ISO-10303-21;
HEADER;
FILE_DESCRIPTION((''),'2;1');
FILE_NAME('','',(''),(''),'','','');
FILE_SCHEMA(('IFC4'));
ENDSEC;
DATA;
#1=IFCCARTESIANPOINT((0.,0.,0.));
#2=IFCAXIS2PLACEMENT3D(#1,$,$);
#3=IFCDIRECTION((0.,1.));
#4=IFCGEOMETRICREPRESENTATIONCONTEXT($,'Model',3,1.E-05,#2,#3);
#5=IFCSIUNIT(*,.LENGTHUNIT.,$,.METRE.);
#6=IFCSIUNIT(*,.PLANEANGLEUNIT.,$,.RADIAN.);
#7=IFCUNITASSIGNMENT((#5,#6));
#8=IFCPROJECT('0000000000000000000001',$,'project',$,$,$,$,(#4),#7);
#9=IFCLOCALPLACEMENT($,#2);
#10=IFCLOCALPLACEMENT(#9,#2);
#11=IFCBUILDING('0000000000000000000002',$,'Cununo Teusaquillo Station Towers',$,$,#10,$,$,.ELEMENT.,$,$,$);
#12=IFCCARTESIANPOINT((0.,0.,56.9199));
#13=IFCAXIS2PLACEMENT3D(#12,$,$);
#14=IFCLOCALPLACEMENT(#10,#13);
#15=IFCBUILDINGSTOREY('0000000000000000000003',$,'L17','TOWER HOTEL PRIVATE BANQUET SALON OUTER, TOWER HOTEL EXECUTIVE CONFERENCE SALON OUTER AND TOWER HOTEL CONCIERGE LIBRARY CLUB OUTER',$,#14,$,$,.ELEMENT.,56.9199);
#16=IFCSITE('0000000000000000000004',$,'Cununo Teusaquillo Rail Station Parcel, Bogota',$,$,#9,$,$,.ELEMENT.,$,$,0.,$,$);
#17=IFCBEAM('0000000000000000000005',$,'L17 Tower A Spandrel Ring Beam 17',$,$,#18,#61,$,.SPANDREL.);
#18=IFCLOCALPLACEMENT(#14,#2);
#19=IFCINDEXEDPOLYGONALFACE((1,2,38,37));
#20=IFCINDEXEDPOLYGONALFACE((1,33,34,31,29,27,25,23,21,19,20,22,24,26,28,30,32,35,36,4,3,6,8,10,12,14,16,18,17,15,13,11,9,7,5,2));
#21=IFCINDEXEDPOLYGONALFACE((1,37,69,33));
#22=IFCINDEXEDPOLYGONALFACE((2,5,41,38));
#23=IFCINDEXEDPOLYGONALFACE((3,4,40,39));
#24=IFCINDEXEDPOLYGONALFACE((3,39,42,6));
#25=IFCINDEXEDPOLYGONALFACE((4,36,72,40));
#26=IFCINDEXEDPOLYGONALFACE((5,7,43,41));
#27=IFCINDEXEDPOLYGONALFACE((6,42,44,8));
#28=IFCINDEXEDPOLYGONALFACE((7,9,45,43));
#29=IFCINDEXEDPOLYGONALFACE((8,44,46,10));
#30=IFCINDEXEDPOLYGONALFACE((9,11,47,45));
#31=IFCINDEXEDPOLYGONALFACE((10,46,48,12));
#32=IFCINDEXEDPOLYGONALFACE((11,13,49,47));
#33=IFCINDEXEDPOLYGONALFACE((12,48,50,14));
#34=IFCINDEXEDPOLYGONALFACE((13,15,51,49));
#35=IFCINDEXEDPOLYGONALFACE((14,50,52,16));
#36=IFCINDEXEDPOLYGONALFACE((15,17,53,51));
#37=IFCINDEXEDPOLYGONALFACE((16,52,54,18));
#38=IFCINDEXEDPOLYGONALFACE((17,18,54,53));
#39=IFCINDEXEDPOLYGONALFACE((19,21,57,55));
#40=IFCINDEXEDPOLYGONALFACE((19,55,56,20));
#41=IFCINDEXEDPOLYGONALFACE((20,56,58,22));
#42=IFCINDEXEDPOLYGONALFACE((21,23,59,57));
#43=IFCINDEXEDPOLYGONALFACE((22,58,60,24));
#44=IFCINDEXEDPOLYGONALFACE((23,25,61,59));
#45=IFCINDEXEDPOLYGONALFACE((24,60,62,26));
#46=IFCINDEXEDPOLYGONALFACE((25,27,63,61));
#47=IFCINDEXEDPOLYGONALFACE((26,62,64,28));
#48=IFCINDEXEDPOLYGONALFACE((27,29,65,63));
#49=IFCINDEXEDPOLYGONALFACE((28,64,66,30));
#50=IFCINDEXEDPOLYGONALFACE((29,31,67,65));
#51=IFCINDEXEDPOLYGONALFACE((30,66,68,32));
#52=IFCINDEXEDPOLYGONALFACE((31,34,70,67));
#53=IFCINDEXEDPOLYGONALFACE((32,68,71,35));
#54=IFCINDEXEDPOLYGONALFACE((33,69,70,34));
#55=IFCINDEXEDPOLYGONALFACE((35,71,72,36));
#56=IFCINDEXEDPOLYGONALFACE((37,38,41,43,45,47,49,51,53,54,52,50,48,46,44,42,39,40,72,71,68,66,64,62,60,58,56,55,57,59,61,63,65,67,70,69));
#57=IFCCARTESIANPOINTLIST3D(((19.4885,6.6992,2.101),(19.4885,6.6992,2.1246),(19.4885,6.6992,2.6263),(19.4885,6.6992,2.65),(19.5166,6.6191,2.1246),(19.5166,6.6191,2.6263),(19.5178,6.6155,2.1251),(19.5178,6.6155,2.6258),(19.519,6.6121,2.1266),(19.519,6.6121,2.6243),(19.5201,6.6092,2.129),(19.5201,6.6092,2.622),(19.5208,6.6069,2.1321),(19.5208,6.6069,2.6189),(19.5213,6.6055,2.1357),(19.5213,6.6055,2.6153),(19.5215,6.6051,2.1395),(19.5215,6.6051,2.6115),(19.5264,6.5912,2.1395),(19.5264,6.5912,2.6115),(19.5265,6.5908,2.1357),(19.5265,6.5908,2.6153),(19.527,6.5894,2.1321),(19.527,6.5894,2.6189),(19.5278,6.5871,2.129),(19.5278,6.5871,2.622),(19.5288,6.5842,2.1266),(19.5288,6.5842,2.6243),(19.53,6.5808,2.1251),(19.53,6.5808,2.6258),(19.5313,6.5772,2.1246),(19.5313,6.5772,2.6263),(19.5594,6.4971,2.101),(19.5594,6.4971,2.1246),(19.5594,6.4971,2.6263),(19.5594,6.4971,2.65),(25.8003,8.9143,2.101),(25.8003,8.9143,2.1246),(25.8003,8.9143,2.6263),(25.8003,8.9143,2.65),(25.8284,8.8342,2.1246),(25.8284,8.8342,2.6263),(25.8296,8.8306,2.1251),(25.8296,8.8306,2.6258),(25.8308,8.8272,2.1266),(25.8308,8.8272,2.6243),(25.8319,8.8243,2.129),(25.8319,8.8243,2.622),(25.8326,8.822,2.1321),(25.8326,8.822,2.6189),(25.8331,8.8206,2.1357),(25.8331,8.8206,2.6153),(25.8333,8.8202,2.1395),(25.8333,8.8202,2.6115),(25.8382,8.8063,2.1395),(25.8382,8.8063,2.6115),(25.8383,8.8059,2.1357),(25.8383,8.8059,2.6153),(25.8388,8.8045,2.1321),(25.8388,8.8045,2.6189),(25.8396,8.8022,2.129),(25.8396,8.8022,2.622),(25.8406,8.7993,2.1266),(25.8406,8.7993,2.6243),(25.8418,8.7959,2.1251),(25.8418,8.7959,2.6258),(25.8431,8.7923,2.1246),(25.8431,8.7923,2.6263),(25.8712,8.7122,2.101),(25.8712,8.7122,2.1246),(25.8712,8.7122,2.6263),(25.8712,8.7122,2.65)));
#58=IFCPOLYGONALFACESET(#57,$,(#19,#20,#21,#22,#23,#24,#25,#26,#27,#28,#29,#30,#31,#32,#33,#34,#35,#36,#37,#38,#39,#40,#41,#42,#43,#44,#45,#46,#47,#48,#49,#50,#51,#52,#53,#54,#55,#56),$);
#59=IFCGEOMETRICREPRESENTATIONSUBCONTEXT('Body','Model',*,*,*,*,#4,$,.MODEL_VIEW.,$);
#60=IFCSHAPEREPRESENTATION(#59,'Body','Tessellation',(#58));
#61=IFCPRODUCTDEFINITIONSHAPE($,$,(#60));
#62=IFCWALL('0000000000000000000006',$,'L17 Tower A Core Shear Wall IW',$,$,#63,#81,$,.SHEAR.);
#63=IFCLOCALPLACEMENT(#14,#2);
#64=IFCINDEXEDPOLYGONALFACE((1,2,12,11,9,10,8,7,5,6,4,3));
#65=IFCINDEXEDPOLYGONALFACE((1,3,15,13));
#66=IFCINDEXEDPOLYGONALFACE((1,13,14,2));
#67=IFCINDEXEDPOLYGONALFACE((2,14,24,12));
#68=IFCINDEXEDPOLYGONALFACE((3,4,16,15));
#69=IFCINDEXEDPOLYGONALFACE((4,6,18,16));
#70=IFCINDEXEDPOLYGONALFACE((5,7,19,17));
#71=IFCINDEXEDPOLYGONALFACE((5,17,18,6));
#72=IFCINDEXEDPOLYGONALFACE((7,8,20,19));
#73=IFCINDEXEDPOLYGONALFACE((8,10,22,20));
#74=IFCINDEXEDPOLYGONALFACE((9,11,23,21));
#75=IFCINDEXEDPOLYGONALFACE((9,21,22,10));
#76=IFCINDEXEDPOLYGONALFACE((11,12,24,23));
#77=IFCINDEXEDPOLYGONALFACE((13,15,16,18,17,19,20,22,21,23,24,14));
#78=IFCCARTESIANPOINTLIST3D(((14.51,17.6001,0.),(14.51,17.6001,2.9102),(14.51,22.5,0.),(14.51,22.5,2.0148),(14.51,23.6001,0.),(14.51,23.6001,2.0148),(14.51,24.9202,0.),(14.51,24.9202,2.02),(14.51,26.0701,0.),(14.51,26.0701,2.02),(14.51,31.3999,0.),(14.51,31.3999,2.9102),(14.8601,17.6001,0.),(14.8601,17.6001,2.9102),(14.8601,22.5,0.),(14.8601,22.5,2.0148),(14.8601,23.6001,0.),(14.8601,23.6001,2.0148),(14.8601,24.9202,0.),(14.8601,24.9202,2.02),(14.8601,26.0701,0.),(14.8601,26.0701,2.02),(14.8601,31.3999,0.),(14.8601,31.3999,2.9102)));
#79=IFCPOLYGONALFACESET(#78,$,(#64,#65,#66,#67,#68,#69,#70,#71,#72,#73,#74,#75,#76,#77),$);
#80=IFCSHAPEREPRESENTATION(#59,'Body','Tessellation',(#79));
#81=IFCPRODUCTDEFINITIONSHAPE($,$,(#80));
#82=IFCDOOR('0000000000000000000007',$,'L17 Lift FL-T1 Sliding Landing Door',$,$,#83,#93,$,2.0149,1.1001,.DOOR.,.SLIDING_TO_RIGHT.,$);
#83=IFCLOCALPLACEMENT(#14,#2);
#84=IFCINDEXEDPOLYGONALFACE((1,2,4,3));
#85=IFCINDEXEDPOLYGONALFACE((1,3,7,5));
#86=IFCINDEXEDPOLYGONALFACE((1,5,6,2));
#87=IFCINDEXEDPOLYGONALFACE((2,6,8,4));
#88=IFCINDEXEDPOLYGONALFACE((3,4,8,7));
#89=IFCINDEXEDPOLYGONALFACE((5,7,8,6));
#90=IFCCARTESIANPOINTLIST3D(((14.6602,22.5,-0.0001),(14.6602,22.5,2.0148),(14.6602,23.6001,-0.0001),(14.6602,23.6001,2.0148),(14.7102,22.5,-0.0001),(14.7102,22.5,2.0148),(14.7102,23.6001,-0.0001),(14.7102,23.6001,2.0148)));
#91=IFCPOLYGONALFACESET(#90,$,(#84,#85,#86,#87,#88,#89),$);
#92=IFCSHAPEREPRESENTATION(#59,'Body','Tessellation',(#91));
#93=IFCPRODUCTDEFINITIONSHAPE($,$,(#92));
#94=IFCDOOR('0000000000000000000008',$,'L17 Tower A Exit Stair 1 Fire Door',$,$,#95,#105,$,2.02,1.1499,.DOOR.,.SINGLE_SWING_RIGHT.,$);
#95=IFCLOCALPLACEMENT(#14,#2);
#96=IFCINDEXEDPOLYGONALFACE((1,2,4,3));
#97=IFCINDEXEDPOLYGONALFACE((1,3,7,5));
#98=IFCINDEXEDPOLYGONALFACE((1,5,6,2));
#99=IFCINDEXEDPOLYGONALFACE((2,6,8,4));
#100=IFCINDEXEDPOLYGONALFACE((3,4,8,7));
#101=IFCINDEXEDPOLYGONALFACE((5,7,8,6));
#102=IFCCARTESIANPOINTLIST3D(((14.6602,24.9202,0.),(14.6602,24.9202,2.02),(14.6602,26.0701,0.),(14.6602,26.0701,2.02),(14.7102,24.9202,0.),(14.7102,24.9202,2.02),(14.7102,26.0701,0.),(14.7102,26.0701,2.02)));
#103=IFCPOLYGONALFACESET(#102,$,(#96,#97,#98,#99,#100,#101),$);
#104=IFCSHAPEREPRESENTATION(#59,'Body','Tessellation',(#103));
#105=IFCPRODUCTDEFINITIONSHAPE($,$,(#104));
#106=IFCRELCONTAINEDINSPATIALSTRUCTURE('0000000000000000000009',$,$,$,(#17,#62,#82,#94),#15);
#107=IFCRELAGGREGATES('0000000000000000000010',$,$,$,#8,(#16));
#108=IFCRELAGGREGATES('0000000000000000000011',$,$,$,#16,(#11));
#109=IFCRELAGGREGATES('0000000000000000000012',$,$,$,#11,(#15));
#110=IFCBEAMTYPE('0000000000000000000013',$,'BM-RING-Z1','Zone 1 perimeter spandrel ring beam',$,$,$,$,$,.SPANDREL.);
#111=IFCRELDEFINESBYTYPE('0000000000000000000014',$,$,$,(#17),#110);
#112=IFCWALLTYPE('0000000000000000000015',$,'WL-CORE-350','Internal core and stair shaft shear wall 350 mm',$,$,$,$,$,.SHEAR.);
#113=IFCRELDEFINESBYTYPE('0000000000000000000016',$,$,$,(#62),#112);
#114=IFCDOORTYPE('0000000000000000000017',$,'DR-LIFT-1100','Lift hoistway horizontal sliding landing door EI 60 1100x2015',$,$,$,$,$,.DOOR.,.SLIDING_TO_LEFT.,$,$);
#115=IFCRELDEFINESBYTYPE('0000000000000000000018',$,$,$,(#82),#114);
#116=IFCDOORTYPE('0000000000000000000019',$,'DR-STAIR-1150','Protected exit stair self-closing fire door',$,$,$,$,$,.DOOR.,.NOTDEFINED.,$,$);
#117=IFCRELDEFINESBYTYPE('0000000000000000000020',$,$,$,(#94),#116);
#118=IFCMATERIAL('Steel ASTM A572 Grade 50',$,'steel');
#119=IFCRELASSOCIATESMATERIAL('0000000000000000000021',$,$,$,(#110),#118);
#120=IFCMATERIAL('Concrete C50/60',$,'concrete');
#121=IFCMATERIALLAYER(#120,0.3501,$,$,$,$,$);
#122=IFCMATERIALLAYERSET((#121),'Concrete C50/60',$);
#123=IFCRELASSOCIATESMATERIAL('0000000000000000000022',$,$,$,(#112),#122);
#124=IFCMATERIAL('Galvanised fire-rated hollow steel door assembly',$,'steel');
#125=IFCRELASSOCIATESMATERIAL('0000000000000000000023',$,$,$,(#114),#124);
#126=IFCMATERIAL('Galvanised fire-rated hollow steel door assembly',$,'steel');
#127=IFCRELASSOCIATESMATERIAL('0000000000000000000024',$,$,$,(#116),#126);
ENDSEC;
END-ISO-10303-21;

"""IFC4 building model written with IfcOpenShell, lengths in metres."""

from ifc_helpers import new_model, si_unit, direction, frame, frame_2d, origin, origin_2d, place, context, subcontext, project, spatial, rectangle, i_section, extrude, source, transform, mapped, material, layer, layer_set, material_profile, profile_set, type_object, element, fill, save


model = new_model("IFC4")

# Units and contexts
model_context = context("Model", 3, precision=1e-05, world=origin(), true_north=direction((0.0, 1.0)))
body_context = subcontext(model_context, "Body", "Model", "MODEL_VIEW")
ifc_project = project(units=[si_unit("LENGTHUNIT", "METRE"), si_unit("PLANEANGLEUNIT", "RADIAN")], contexts=[model_context])

# Site, building, storey
site_placement = place(None, origin())
site = spatial("IfcSite", under=ifc_project, at=site_placement, Name="Cununo Teusaquillo Rail Station Parcel, Bogota", CompositionType="ELEMENT", RefElevation=0.0)
building_placement = place(site_placement, origin())
building = spatial("IfcBuilding", under=site, at=building_placement, Name="Cununo Teusaquillo Station Towers", CompositionType="ELEMENT")
storey_placement = place(building_placement, frame((0.0, 0.0, 56.9199)))
storey = spatial("IfcBuildingStorey", under=building, at=storey_placement, Name="L17", Description="TOWER HOTEL PRIVATE BANQUET SALON OUTER, TOWER HOTEL EXECUTIVE CONFERENCE SALON OUTER AND TOWER HOTEL CONCIERGE LIBRARY CLUB OUTER", CompositionType="ELEMENT", Elevation=56.9199)

# Beam
ifc_material_1 = material(Name="Steel ASTM A572 Grade 50", Category="steel")
ifc_material_profile_1 = material_profile(ifc_material_1, i_section(OverallWidth=0.2141, OverallDepth=0.5491, WebThickness=0.0146, FlangeThickness=0.0237, FilletRadius=0.0149, at=origin_2d()), Name="W21X93")
ifc_profile_set_1 = profile_set([ifc_material_profile_1], Name="Steel ASTM A572 Grade 50")
beam_type = type_object("IfcBeamType", Name="BM-RING-Z1", Description="Zone 1 perimeter spandrel ring beam", PredefinedType="SPANDREL", material=ifc_profile_set_1)
beam_1_placement = place(storey_placement, frame((19.5239, 6.5981, 2.3755), z_axis=(0.94358, 0.331145, 0.0), x_axis=(-0.331145, 0.94358, 0.0)))
element("IfcBeam", 1, at=beam_1_placement, inside=storey, type_object=beam_type, Name="L17 Tower A Spandrel Ring Beam 17", PredefinedType="SPANDREL", context=body_context, shape_type="SweptSolid", body=[
    extrude(i_section(OverallWidth=0.2141, OverallDepth=0.5491, WebThickness=0.0146, FlangeThickness=0.0237, FilletRadius=0.0149, at=origin_2d()), origin(), (0.0, 0.0, 1.0), 6.6892),
])

# Wall, openings, doors
ifc_material_2 = material(Name="Concrete C50/60", Category="concrete")
ifc_layer_1 = layer(ifc_material_2, 0.3501)
ifc_layer_set_1 = layer_set([ifc_layer_1], Name="Concrete C50/60")
wall_type_1 = type_object("IfcWallType", Name="WL-CORE-350", Description="Internal core and stair shaft shear wall 350 mm", PredefinedType="SHEAR", material=ifc_layer_set_1)
wall_1_placement = place(storey_placement, frame((14.6851, 17.6001, 0.0), z_axis=(0.0, 0.0, 1.0), x_axis=(0.0, 1.0, 0.0)))
wall_1 = element("IfcWall", 2, at=wall_1_placement, inside=storey, type_object=wall_type_1, Name="L17 Tower A Core Shear Wall IW", PredefinedType="SHEAR", context=body_context, shape_type="SweptSolid", body=[
    extrude(rectangle(XDim=13.7998, YDim=0.3501, at=frame_2d((6.8999, 0.0))), origin(), (0.0, 0.0, 1.0), 2.9102),
])
shared_shape_1 = source(origin(), body_context, "Body", "SweptSolid", [
    extrude(rectangle(XDim=1.1001, YDim=2.0149, at=frame_2d((0.55, 1.0073))), frame((0.0, 0.1851, 0.0), z_axis=(0.0, -1.0, 0.0), x_axis=(1.0, 0.0, 0.0)), (0.0, 0.0, 1.0), 0.3701),
])
opening_1_placement = place(wall_1_placement, frame((4.8999, 0.0, 0.0)))
opening_1 = element("IfcOpeningElement", 3, at=opening_1_placement, cuts=wall_1, PredefinedType="OPENING", context=body_context, shape_type="MappedRepresentation", body=[
    mapped(shared_shape_1, transform((0.0, 0.0, 0.0), x_axis=(1.0, 0.0, 0.0), y_axis=(0.0, 1.0, 0.0), z_axis=(0.0, 0.0, 1.0), scale=1.0)),
])
shared_shape_2 = source(origin(), body_context, "Body", "SweptSolid", [
    extrude(rectangle(XDim=1.1499, YDim=2.02, at=frame_2d((0.575, 1.01))), frame((0.0, 0.1851, 0.0), z_axis=(0.0, -1.0, 0.0), x_axis=(1.0, 0.0, 0.0)), (0.0, 0.0, 1.0), 0.3701),
])
opening_2_placement = place(wall_1_placement, frame((7.3201, 0.0, 0.0)))
opening_2 = element("IfcOpeningElement", 4, at=opening_2_placement, cuts=wall_1, PredefinedType="OPENING", context=body_context, shape_type="MappedRepresentation", body=[
    mapped(shared_shape_2, transform((0.0, 0.0, 0.0), x_axis=(1.0, 0.0, 0.0), y_axis=(0.0, 1.0, 0.0), z_axis=(0.0, 0.0, 1.0), scale=1.0)),
])
ifc_material_3 = material(Name="Galvanised fire-rated hollow steel door assembly", Category="steel")
door_type_1 = type_object("IfcDoorType", Name="DR-LIFT-1100", Description="Lift hoistway horizontal sliding landing door EI 60 1100x2015", OperationType="SLIDING_TO_LEFT", PredefinedType="DOOR", material=ifc_material_3)
shared_shape_3 = source(origin(), body_context, "Body", "SweptSolid", [
    extrude(rectangle(XDim=1.1001, YDim=2.0149, at=frame_2d((0.55, 1.0073))), frame((0.0, 0.0249, 0.0), z_axis=(0.0, -1.0, 0.0), x_axis=(1.0, 0.0, 0.0)), (0.0, 0.0, 1.0), 0.05),
])
door_1_placement = place(opening_1_placement, origin())
door_1 = element("IfcDoor", 5, at=door_1_placement, inside=storey, type_object=door_type_1, Name="L17 Lift FL-T1 Sliding Landing Door", OperationType="SLIDING_TO_RIGHT", OverallHeight=2.0149, OverallWidth=1.1001, PredefinedType="DOOR", context=body_context, shape_type="MappedRepresentation", body=[
    mapped(shared_shape_3, transform((0.0, 0.0, 0.0), x_axis=(1.0, 0.0, 0.0), y_axis=(0.0, 1.0, 0.0), z_axis=(0.0, 0.0, 1.0), scale=1.0)),
])
fill(opening_1, door_1)
ifc_material_4 = material(Name="Galvanised fire-rated hollow steel door assembly", Category="steel")
door_type_2 = type_object("IfcDoorType", Name="DR-STAIR-1150", Description="Protected exit stair self-closing fire door", OperationType="NOTDEFINED", PredefinedType="DOOR", material=ifc_material_4)
shared_shape_4 = source(origin(), body_context, "Body", "SweptSolid", [
    extrude(rectangle(XDim=1.1499, YDim=2.02, at=frame_2d((0.575, 1.01))), frame((0.0, 0.0249, 0.0), z_axis=(0.0, -1.0, 0.0), x_axis=(1.0, 0.0, 0.0)), (0.0, 0.0, 1.0), 0.05),
])
door_2_placement = place(opening_2_placement, origin())
door_2 = element("IfcDoor", 6, at=door_2_placement, inside=storey, type_object=door_type_2, Name="L17 Tower A Exit Stair 1 Fire Door", OperationType="SINGLE_SWING_RIGHT", OverallHeight=2.02, OverallWidth=1.1499, PredefinedType="DOOR", context=body_context, shape_type="MappedRepresentation", body=[
    mapped(shared_shape_4, transform((0.0, 0.0, 0.0), x_axis=(1.0, 0.0, 0.0), y_axis=(0.0, 1.0, 0.0), z_axis=(0.0, 0.0, 1.0), scale=1.0)),
])
fill(opening_2, door_2)

save(model, "model.ifc")
